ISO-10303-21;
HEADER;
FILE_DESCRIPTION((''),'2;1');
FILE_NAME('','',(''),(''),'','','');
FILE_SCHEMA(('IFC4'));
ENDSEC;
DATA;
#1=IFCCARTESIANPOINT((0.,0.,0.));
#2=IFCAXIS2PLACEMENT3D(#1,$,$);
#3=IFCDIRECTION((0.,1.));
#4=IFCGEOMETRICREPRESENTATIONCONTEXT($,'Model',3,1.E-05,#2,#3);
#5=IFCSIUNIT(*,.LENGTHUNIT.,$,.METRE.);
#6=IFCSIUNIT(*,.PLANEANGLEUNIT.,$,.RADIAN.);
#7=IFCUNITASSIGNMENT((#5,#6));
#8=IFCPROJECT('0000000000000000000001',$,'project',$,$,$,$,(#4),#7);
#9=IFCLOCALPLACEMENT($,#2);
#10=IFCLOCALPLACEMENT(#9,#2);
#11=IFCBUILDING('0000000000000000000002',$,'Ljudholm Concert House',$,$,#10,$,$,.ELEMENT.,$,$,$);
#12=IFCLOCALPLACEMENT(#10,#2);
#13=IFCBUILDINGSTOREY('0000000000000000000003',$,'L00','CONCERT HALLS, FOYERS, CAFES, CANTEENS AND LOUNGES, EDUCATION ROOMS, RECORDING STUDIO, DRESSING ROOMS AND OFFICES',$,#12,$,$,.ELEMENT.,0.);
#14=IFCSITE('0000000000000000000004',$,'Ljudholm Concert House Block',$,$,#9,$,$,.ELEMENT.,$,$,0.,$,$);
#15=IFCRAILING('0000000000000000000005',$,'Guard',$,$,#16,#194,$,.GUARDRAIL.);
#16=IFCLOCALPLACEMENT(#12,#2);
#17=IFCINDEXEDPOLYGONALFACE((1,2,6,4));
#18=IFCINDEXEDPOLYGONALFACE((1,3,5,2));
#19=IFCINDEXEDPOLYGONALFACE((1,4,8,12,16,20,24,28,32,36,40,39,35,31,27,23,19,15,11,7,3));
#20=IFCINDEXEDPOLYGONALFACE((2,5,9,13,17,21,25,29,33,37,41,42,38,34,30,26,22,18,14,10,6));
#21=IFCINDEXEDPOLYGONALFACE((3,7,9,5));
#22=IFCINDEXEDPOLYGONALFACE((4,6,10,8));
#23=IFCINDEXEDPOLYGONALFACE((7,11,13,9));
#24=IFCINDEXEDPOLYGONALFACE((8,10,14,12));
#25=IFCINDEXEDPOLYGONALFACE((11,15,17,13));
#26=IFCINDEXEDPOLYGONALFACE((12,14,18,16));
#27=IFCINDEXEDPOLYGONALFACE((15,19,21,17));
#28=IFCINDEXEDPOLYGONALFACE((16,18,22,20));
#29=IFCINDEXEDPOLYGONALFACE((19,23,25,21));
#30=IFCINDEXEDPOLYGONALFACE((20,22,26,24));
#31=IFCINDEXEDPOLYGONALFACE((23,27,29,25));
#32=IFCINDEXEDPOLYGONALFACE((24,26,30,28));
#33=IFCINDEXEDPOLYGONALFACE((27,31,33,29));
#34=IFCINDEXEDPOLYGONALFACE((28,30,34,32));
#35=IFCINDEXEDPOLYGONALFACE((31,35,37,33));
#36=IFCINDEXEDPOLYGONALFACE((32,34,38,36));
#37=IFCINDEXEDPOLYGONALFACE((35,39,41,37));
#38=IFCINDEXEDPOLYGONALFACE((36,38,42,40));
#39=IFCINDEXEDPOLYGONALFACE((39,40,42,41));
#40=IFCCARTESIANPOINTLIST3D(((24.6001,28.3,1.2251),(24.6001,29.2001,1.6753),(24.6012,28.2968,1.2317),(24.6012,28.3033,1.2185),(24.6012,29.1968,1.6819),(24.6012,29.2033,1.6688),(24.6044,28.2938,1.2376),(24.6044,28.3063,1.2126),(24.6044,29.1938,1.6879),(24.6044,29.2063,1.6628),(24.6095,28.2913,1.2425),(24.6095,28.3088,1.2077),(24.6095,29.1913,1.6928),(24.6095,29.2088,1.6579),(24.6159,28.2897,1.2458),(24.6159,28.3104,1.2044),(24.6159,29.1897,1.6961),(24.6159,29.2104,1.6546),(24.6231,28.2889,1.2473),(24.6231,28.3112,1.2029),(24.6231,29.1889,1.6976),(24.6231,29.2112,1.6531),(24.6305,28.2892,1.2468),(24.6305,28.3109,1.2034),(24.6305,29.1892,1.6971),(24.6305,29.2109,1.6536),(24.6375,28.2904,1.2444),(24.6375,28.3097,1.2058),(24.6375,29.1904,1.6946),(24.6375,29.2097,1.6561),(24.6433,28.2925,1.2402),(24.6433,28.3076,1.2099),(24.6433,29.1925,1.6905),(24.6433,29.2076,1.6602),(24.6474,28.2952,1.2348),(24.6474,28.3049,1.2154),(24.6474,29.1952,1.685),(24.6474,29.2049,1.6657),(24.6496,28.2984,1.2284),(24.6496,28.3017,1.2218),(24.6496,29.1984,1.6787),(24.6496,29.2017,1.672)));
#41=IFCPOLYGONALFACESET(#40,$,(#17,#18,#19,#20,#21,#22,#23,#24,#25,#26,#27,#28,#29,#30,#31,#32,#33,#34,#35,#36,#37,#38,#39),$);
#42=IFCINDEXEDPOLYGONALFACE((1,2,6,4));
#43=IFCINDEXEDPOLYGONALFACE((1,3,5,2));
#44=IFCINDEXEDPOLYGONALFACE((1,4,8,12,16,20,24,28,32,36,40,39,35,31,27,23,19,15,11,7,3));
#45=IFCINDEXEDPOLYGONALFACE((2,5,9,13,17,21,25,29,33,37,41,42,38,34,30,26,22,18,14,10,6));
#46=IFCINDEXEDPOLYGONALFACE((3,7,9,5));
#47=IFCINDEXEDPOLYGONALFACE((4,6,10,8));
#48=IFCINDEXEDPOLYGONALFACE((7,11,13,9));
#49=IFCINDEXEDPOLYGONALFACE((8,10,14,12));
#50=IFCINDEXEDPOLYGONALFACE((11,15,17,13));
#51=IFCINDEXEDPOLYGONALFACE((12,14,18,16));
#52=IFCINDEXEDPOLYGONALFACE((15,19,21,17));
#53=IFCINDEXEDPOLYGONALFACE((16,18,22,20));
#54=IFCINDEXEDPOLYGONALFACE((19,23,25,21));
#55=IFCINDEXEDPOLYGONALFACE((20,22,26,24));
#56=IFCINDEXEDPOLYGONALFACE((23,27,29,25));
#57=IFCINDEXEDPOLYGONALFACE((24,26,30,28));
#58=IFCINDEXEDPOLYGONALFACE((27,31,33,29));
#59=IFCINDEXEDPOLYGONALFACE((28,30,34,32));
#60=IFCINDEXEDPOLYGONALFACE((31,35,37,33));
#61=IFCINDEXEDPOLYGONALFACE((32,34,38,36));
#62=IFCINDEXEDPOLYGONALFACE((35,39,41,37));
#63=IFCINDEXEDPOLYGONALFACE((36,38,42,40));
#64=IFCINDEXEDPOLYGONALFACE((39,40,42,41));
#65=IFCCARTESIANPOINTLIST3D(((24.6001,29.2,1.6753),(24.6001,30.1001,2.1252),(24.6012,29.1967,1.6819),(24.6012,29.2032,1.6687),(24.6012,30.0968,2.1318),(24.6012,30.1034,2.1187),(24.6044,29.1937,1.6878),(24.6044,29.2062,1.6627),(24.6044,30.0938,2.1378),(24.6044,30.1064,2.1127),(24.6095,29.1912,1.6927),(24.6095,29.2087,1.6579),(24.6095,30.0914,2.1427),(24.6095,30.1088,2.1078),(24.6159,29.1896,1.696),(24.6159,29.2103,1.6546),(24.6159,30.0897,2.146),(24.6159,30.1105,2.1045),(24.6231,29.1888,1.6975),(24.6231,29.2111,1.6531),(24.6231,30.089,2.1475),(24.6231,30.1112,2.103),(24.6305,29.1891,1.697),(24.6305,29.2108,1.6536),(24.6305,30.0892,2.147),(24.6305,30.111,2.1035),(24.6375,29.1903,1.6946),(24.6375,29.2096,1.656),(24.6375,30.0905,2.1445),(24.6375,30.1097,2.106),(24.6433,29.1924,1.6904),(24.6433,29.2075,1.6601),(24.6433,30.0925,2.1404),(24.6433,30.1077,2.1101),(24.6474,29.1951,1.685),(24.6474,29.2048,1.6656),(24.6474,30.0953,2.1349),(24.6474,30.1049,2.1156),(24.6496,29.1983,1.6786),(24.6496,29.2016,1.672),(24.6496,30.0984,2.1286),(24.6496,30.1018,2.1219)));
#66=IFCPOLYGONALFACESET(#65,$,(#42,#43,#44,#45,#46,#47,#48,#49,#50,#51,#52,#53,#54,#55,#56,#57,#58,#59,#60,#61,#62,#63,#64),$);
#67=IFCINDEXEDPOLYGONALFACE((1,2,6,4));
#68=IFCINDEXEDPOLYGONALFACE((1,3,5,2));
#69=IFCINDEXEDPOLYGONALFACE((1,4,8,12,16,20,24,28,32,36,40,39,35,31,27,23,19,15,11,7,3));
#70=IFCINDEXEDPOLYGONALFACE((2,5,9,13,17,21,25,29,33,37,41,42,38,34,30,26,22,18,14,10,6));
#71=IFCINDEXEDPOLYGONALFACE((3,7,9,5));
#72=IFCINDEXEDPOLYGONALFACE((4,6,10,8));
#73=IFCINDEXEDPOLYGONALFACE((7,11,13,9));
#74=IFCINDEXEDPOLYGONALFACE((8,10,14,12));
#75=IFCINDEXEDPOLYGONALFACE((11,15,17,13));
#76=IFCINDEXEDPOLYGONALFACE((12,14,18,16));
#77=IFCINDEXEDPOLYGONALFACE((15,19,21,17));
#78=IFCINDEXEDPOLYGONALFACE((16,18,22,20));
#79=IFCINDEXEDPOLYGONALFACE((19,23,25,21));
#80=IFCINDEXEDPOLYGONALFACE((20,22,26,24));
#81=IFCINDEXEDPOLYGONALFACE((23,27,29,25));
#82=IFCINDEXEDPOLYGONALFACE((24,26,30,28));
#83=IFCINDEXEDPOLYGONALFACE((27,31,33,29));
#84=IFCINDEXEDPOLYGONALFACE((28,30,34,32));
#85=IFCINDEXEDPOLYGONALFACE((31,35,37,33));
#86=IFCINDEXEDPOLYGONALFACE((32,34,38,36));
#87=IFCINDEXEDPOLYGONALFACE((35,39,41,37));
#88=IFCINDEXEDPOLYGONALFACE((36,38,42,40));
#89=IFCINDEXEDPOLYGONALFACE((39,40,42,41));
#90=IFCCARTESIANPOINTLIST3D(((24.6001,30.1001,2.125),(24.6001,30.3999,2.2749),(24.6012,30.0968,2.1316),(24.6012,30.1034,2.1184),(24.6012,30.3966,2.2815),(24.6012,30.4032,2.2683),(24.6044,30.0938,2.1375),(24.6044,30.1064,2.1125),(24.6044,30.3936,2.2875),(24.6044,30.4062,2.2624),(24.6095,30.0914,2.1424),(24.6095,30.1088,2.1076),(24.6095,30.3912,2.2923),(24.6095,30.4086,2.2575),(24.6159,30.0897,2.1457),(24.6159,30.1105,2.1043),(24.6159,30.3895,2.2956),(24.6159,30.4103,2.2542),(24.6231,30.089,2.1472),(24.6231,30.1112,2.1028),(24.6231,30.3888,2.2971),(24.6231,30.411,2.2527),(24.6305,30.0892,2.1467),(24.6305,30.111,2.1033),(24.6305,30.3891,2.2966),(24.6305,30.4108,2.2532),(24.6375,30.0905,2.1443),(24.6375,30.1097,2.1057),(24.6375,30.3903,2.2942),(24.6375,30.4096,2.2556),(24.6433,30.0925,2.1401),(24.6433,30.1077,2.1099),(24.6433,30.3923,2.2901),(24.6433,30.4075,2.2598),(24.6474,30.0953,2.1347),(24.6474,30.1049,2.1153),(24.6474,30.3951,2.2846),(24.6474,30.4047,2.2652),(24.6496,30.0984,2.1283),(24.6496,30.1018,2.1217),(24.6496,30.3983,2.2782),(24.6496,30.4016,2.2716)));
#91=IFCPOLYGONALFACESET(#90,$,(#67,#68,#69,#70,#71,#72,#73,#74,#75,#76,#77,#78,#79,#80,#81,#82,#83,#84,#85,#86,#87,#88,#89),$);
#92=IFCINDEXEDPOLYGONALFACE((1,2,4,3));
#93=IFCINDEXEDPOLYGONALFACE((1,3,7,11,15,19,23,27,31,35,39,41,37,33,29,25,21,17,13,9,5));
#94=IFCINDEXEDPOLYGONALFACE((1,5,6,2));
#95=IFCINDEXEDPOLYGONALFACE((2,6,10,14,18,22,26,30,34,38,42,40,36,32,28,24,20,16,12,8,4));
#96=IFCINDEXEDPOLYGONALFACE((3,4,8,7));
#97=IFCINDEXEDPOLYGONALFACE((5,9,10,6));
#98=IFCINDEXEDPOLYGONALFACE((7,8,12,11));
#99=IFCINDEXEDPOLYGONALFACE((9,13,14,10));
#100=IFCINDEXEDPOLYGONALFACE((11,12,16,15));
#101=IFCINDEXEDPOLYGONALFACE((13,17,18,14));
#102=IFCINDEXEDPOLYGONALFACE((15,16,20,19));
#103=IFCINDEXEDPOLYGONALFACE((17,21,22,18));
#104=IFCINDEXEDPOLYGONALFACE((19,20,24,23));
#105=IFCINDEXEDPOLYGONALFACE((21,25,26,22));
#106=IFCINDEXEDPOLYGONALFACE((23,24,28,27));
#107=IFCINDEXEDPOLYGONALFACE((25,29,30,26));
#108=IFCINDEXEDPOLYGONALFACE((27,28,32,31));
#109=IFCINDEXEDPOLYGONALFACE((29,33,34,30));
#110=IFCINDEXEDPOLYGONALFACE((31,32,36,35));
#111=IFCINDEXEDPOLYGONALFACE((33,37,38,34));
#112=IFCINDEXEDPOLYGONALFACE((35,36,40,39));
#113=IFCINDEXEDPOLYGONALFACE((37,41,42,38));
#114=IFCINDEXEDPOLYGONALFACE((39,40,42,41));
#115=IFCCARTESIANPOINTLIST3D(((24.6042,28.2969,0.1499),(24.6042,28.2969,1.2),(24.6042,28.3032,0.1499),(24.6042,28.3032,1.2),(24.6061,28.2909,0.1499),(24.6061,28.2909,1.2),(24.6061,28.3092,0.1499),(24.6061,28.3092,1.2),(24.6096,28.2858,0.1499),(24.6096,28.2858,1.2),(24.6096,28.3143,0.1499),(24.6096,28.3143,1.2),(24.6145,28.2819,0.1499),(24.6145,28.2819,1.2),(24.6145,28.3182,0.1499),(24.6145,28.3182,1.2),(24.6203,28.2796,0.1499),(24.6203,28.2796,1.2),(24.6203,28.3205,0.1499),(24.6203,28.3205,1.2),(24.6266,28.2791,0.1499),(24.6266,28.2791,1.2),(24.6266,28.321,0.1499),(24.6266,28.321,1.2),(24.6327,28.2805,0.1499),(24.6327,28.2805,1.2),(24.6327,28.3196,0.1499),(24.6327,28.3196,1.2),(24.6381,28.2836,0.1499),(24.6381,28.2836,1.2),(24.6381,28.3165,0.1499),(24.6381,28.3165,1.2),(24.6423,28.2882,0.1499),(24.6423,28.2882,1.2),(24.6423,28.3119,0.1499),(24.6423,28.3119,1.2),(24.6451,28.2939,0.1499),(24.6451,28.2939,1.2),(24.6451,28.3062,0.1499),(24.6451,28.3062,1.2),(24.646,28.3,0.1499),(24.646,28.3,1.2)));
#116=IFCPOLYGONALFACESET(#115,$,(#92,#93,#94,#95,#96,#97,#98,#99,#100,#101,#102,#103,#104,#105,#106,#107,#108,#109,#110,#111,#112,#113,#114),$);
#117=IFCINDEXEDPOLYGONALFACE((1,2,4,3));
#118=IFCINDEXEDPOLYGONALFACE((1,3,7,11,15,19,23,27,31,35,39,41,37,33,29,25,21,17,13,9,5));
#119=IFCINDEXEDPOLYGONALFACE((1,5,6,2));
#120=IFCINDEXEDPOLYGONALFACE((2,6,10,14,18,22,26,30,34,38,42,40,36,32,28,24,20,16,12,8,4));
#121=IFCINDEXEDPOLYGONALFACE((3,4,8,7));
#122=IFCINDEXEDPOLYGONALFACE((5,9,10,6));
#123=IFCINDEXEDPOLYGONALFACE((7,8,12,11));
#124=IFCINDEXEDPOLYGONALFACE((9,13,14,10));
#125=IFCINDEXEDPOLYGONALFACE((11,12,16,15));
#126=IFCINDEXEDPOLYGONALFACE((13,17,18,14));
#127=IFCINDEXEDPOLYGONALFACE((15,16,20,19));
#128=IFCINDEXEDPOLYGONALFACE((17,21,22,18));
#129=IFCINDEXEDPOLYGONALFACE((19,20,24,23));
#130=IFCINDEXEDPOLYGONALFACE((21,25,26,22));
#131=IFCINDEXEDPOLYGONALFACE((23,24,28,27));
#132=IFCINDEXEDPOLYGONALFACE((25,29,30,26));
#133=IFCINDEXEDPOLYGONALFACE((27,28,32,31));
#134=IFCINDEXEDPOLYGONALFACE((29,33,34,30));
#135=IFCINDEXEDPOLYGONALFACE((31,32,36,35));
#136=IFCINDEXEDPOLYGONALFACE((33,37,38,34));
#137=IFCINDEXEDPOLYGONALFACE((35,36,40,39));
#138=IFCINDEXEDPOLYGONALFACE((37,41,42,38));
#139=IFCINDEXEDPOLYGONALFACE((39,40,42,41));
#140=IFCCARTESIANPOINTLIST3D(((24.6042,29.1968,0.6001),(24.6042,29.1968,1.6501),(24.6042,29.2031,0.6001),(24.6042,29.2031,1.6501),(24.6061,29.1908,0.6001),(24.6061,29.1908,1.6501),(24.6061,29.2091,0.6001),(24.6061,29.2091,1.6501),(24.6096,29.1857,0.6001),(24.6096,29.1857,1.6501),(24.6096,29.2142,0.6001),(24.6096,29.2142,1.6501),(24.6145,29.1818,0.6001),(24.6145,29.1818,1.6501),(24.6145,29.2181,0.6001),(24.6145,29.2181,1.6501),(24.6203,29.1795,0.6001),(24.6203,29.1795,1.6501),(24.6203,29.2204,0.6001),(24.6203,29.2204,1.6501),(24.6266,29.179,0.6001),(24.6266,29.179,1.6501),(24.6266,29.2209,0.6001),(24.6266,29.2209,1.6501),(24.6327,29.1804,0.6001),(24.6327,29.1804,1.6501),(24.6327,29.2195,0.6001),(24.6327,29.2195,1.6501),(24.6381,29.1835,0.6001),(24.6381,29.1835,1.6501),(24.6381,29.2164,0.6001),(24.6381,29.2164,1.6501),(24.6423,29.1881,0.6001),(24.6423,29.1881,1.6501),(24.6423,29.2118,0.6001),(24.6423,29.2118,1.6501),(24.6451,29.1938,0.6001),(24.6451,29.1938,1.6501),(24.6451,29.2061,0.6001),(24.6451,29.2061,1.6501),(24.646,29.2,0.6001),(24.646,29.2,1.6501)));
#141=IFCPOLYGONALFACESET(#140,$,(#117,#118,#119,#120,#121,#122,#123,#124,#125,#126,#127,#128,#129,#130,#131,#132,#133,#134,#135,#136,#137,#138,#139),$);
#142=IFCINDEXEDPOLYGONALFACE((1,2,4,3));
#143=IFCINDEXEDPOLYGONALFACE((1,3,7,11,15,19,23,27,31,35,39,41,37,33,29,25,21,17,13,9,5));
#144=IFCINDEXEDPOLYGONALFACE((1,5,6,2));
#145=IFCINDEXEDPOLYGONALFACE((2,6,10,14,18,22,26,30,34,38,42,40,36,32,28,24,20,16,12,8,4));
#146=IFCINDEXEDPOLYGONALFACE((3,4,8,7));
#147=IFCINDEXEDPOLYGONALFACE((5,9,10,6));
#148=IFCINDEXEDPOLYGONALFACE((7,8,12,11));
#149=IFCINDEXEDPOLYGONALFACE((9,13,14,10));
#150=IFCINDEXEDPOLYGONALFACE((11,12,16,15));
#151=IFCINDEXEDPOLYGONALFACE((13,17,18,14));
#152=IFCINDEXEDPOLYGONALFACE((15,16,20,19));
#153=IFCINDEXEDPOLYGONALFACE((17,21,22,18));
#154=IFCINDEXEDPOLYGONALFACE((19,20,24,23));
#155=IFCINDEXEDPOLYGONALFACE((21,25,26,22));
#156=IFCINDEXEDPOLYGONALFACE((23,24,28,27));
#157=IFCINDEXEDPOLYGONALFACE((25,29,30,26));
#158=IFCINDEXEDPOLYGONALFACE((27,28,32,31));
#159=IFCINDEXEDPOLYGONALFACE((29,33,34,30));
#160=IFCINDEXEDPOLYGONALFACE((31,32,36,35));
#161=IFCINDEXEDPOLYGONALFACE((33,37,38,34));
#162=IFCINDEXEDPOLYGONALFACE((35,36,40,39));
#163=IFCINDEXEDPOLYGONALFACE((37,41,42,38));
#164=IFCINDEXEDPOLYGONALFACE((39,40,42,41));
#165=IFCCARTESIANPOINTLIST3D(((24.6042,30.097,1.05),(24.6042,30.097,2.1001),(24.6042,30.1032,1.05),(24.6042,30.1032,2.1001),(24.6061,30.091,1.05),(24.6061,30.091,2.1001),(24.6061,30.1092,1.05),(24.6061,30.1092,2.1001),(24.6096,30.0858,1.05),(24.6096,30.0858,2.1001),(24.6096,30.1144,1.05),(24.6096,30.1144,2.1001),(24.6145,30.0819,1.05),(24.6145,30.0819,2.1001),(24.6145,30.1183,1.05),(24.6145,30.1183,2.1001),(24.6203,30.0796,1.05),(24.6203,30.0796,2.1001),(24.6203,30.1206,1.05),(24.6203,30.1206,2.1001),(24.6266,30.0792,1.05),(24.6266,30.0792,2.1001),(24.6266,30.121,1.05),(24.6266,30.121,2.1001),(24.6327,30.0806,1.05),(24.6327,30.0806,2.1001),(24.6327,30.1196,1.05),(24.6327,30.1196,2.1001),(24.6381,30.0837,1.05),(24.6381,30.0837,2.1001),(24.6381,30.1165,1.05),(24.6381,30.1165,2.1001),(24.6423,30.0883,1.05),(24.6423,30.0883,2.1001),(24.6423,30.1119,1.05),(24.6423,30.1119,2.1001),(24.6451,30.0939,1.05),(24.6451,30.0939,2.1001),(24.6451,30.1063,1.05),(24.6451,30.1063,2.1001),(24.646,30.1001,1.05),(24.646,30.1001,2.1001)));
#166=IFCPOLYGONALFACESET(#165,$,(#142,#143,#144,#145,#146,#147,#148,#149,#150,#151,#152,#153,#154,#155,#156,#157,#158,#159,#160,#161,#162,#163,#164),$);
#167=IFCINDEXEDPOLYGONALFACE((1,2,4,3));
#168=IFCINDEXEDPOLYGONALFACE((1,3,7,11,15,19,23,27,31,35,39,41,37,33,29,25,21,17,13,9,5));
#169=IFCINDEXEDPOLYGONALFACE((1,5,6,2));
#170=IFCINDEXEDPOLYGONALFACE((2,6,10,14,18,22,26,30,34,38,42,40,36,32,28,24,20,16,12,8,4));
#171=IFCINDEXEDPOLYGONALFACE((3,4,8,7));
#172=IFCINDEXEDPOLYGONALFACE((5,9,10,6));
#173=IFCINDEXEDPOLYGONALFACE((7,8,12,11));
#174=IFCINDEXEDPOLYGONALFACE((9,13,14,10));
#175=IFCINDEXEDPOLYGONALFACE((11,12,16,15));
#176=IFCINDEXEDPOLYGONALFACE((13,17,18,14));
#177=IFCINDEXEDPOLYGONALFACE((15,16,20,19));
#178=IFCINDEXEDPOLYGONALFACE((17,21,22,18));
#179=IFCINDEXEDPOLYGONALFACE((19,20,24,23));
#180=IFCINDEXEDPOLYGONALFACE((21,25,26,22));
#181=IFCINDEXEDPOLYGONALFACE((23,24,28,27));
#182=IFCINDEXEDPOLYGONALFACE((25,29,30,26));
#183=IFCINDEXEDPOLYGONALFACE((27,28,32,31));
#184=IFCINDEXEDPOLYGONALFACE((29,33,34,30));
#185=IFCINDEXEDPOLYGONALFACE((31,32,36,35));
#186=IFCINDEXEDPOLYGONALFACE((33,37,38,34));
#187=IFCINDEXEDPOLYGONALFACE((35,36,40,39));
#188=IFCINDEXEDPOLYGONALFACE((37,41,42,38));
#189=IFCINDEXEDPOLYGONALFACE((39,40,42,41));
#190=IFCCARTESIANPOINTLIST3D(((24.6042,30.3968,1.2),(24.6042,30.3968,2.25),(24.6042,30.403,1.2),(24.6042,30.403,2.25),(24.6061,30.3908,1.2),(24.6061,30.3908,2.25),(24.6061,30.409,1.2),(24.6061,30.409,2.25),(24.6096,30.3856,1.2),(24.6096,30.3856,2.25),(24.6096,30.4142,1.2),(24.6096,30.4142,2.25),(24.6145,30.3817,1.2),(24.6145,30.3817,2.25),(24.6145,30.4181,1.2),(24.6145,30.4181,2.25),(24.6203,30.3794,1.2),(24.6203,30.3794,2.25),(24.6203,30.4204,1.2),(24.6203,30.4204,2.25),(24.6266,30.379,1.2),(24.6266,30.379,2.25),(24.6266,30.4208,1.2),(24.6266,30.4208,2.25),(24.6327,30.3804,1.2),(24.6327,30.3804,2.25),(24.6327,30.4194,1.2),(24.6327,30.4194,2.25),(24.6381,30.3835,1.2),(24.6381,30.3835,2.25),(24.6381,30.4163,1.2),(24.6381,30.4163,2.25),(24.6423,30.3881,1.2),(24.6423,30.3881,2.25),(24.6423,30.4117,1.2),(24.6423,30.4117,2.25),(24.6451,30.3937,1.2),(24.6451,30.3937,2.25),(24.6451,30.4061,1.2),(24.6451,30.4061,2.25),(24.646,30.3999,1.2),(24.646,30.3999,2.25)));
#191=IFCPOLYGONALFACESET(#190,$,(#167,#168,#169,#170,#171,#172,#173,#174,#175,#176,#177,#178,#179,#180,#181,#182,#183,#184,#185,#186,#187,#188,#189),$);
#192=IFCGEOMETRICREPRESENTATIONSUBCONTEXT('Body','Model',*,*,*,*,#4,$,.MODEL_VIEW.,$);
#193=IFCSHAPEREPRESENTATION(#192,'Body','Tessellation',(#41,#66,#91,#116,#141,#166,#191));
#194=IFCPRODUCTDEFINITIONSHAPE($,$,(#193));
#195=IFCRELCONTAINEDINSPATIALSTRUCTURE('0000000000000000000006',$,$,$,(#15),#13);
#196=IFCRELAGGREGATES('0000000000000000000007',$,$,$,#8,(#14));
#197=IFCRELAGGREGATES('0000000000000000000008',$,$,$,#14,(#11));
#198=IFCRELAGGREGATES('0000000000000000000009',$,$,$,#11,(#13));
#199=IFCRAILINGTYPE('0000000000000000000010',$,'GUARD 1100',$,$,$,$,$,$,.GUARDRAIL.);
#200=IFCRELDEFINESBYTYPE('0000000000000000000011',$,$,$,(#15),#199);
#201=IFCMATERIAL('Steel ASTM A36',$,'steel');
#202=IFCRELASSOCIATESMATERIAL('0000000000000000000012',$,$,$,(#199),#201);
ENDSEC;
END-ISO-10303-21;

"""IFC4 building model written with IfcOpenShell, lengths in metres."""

from ifc_helpers import new_model, si_unit, direction, frame, origin, origin_2d, place, context, subcontext, project, spatial, circle, extrude, material, type_object, element, save


model = new_model("IFC4")

# Units and contexts
model_context = context("Model", 3, precision=1e-05, world=origin(), true_north=direction((0.0, 1.0)))
body_context = subcontext(model_context, "Body", "Model", "MODEL_VIEW")
ifc_project = project(units=[si_unit("LENGTHUNIT", "METRE"), si_unit("PLANEANGLEUNIT", "RADIAN")], contexts=[model_context])

# Site, building, storey
site_placement = place(None, origin())
site = spatial("IfcSite", under=ifc_project, at=site_placement, Name="Ljudholm Concert House Block", CompositionType="ELEMENT", RefElevation=0.0)
building_placement = place(site_placement, origin())
building = spatial("IfcBuilding", under=site, at=building_placement, Name="Ljudholm Concert House", CompositionType="ELEMENT")
storey_placement = place(building_placement, origin())
storey = spatial("IfcBuildingStorey", under=building, at=storey_placement, Name="L00", Description="CONCERT HALLS, FOYERS, CAFES, CANTEENS AND LOUNGES, EDUCATION ROOMS, RECORDING STUDIO, DRESSING ROOMS AND OFFICES", CompositionType="ELEMENT", Elevation=0.0)

# Railing
ifc_material_1 = material(Name="Steel ASTM A36", Category="steel")
railing_type_1 = type_object("IfcRailingType", Name="GUARD 1100", PredefinedType="GUARDRAIL", material=ifc_material_1)
for number, where, name in (
    (1, (24.625, 28.3, 0.1499), "Guard"),
):
    element("IfcRailing", number, at=place(storey_placement, frame(where)), inside=storey, type_object=railing_type_1, Name=name, PredefinedType="GUARDRAIL", context=body_context, shape_type="SweptSolid", body=[
        extrude(circle(Radius=0.0249, at=origin_2d()), frame((0.0, 0.0, 1.0752), z_axis=(0.0, 0.89433, 0.447408), x_axis=(-1.0, 0.0, 0.0)), (0.0, 0.0, 1.0), 1.0063),
        extrude(circle(Radius=0.0249, at=origin_2d()), frame((0.0, 0.8999, 1.5254), z_axis=(0.0, 0.894476, 0.447117), x_axis=(-1.0, 0.0, 0.0)), (0.0, 0.0, 1.0), 1.0063),
        extrude(circle(Radius=0.0249, at=origin_2d()), frame((0.0, 1.8, 1.9751), z_axis=(0.0, 0.894427, 0.447214), x_axis=(-1.0, 0.0, 0.0)), (0.0, 0.0, 1.0), 0.3352),
        extrude(circle(Radius=0.021, at=origin_2d()), origin(), (0.0, 0.0, 1.0), 1.05),
        extrude(circle(Radius=0.021, at=origin_2d()), frame((0.0, 0.8999, 0.4502)), (0.0, 0.0, 1.0), 1.05),
        extrude(circle(Radius=0.021, at=origin_2d()), frame((0.0, 1.8, 0.9001)), (0.0, 0.0, 1.0), 1.05),
        extrude(circle(Radius=0.021, at=origin_2d()), frame((0.0, 2.0999, 1.05)), (0.0, 0.0, 1.0), 1.05),
    ])

save(model, "model.ifc")
